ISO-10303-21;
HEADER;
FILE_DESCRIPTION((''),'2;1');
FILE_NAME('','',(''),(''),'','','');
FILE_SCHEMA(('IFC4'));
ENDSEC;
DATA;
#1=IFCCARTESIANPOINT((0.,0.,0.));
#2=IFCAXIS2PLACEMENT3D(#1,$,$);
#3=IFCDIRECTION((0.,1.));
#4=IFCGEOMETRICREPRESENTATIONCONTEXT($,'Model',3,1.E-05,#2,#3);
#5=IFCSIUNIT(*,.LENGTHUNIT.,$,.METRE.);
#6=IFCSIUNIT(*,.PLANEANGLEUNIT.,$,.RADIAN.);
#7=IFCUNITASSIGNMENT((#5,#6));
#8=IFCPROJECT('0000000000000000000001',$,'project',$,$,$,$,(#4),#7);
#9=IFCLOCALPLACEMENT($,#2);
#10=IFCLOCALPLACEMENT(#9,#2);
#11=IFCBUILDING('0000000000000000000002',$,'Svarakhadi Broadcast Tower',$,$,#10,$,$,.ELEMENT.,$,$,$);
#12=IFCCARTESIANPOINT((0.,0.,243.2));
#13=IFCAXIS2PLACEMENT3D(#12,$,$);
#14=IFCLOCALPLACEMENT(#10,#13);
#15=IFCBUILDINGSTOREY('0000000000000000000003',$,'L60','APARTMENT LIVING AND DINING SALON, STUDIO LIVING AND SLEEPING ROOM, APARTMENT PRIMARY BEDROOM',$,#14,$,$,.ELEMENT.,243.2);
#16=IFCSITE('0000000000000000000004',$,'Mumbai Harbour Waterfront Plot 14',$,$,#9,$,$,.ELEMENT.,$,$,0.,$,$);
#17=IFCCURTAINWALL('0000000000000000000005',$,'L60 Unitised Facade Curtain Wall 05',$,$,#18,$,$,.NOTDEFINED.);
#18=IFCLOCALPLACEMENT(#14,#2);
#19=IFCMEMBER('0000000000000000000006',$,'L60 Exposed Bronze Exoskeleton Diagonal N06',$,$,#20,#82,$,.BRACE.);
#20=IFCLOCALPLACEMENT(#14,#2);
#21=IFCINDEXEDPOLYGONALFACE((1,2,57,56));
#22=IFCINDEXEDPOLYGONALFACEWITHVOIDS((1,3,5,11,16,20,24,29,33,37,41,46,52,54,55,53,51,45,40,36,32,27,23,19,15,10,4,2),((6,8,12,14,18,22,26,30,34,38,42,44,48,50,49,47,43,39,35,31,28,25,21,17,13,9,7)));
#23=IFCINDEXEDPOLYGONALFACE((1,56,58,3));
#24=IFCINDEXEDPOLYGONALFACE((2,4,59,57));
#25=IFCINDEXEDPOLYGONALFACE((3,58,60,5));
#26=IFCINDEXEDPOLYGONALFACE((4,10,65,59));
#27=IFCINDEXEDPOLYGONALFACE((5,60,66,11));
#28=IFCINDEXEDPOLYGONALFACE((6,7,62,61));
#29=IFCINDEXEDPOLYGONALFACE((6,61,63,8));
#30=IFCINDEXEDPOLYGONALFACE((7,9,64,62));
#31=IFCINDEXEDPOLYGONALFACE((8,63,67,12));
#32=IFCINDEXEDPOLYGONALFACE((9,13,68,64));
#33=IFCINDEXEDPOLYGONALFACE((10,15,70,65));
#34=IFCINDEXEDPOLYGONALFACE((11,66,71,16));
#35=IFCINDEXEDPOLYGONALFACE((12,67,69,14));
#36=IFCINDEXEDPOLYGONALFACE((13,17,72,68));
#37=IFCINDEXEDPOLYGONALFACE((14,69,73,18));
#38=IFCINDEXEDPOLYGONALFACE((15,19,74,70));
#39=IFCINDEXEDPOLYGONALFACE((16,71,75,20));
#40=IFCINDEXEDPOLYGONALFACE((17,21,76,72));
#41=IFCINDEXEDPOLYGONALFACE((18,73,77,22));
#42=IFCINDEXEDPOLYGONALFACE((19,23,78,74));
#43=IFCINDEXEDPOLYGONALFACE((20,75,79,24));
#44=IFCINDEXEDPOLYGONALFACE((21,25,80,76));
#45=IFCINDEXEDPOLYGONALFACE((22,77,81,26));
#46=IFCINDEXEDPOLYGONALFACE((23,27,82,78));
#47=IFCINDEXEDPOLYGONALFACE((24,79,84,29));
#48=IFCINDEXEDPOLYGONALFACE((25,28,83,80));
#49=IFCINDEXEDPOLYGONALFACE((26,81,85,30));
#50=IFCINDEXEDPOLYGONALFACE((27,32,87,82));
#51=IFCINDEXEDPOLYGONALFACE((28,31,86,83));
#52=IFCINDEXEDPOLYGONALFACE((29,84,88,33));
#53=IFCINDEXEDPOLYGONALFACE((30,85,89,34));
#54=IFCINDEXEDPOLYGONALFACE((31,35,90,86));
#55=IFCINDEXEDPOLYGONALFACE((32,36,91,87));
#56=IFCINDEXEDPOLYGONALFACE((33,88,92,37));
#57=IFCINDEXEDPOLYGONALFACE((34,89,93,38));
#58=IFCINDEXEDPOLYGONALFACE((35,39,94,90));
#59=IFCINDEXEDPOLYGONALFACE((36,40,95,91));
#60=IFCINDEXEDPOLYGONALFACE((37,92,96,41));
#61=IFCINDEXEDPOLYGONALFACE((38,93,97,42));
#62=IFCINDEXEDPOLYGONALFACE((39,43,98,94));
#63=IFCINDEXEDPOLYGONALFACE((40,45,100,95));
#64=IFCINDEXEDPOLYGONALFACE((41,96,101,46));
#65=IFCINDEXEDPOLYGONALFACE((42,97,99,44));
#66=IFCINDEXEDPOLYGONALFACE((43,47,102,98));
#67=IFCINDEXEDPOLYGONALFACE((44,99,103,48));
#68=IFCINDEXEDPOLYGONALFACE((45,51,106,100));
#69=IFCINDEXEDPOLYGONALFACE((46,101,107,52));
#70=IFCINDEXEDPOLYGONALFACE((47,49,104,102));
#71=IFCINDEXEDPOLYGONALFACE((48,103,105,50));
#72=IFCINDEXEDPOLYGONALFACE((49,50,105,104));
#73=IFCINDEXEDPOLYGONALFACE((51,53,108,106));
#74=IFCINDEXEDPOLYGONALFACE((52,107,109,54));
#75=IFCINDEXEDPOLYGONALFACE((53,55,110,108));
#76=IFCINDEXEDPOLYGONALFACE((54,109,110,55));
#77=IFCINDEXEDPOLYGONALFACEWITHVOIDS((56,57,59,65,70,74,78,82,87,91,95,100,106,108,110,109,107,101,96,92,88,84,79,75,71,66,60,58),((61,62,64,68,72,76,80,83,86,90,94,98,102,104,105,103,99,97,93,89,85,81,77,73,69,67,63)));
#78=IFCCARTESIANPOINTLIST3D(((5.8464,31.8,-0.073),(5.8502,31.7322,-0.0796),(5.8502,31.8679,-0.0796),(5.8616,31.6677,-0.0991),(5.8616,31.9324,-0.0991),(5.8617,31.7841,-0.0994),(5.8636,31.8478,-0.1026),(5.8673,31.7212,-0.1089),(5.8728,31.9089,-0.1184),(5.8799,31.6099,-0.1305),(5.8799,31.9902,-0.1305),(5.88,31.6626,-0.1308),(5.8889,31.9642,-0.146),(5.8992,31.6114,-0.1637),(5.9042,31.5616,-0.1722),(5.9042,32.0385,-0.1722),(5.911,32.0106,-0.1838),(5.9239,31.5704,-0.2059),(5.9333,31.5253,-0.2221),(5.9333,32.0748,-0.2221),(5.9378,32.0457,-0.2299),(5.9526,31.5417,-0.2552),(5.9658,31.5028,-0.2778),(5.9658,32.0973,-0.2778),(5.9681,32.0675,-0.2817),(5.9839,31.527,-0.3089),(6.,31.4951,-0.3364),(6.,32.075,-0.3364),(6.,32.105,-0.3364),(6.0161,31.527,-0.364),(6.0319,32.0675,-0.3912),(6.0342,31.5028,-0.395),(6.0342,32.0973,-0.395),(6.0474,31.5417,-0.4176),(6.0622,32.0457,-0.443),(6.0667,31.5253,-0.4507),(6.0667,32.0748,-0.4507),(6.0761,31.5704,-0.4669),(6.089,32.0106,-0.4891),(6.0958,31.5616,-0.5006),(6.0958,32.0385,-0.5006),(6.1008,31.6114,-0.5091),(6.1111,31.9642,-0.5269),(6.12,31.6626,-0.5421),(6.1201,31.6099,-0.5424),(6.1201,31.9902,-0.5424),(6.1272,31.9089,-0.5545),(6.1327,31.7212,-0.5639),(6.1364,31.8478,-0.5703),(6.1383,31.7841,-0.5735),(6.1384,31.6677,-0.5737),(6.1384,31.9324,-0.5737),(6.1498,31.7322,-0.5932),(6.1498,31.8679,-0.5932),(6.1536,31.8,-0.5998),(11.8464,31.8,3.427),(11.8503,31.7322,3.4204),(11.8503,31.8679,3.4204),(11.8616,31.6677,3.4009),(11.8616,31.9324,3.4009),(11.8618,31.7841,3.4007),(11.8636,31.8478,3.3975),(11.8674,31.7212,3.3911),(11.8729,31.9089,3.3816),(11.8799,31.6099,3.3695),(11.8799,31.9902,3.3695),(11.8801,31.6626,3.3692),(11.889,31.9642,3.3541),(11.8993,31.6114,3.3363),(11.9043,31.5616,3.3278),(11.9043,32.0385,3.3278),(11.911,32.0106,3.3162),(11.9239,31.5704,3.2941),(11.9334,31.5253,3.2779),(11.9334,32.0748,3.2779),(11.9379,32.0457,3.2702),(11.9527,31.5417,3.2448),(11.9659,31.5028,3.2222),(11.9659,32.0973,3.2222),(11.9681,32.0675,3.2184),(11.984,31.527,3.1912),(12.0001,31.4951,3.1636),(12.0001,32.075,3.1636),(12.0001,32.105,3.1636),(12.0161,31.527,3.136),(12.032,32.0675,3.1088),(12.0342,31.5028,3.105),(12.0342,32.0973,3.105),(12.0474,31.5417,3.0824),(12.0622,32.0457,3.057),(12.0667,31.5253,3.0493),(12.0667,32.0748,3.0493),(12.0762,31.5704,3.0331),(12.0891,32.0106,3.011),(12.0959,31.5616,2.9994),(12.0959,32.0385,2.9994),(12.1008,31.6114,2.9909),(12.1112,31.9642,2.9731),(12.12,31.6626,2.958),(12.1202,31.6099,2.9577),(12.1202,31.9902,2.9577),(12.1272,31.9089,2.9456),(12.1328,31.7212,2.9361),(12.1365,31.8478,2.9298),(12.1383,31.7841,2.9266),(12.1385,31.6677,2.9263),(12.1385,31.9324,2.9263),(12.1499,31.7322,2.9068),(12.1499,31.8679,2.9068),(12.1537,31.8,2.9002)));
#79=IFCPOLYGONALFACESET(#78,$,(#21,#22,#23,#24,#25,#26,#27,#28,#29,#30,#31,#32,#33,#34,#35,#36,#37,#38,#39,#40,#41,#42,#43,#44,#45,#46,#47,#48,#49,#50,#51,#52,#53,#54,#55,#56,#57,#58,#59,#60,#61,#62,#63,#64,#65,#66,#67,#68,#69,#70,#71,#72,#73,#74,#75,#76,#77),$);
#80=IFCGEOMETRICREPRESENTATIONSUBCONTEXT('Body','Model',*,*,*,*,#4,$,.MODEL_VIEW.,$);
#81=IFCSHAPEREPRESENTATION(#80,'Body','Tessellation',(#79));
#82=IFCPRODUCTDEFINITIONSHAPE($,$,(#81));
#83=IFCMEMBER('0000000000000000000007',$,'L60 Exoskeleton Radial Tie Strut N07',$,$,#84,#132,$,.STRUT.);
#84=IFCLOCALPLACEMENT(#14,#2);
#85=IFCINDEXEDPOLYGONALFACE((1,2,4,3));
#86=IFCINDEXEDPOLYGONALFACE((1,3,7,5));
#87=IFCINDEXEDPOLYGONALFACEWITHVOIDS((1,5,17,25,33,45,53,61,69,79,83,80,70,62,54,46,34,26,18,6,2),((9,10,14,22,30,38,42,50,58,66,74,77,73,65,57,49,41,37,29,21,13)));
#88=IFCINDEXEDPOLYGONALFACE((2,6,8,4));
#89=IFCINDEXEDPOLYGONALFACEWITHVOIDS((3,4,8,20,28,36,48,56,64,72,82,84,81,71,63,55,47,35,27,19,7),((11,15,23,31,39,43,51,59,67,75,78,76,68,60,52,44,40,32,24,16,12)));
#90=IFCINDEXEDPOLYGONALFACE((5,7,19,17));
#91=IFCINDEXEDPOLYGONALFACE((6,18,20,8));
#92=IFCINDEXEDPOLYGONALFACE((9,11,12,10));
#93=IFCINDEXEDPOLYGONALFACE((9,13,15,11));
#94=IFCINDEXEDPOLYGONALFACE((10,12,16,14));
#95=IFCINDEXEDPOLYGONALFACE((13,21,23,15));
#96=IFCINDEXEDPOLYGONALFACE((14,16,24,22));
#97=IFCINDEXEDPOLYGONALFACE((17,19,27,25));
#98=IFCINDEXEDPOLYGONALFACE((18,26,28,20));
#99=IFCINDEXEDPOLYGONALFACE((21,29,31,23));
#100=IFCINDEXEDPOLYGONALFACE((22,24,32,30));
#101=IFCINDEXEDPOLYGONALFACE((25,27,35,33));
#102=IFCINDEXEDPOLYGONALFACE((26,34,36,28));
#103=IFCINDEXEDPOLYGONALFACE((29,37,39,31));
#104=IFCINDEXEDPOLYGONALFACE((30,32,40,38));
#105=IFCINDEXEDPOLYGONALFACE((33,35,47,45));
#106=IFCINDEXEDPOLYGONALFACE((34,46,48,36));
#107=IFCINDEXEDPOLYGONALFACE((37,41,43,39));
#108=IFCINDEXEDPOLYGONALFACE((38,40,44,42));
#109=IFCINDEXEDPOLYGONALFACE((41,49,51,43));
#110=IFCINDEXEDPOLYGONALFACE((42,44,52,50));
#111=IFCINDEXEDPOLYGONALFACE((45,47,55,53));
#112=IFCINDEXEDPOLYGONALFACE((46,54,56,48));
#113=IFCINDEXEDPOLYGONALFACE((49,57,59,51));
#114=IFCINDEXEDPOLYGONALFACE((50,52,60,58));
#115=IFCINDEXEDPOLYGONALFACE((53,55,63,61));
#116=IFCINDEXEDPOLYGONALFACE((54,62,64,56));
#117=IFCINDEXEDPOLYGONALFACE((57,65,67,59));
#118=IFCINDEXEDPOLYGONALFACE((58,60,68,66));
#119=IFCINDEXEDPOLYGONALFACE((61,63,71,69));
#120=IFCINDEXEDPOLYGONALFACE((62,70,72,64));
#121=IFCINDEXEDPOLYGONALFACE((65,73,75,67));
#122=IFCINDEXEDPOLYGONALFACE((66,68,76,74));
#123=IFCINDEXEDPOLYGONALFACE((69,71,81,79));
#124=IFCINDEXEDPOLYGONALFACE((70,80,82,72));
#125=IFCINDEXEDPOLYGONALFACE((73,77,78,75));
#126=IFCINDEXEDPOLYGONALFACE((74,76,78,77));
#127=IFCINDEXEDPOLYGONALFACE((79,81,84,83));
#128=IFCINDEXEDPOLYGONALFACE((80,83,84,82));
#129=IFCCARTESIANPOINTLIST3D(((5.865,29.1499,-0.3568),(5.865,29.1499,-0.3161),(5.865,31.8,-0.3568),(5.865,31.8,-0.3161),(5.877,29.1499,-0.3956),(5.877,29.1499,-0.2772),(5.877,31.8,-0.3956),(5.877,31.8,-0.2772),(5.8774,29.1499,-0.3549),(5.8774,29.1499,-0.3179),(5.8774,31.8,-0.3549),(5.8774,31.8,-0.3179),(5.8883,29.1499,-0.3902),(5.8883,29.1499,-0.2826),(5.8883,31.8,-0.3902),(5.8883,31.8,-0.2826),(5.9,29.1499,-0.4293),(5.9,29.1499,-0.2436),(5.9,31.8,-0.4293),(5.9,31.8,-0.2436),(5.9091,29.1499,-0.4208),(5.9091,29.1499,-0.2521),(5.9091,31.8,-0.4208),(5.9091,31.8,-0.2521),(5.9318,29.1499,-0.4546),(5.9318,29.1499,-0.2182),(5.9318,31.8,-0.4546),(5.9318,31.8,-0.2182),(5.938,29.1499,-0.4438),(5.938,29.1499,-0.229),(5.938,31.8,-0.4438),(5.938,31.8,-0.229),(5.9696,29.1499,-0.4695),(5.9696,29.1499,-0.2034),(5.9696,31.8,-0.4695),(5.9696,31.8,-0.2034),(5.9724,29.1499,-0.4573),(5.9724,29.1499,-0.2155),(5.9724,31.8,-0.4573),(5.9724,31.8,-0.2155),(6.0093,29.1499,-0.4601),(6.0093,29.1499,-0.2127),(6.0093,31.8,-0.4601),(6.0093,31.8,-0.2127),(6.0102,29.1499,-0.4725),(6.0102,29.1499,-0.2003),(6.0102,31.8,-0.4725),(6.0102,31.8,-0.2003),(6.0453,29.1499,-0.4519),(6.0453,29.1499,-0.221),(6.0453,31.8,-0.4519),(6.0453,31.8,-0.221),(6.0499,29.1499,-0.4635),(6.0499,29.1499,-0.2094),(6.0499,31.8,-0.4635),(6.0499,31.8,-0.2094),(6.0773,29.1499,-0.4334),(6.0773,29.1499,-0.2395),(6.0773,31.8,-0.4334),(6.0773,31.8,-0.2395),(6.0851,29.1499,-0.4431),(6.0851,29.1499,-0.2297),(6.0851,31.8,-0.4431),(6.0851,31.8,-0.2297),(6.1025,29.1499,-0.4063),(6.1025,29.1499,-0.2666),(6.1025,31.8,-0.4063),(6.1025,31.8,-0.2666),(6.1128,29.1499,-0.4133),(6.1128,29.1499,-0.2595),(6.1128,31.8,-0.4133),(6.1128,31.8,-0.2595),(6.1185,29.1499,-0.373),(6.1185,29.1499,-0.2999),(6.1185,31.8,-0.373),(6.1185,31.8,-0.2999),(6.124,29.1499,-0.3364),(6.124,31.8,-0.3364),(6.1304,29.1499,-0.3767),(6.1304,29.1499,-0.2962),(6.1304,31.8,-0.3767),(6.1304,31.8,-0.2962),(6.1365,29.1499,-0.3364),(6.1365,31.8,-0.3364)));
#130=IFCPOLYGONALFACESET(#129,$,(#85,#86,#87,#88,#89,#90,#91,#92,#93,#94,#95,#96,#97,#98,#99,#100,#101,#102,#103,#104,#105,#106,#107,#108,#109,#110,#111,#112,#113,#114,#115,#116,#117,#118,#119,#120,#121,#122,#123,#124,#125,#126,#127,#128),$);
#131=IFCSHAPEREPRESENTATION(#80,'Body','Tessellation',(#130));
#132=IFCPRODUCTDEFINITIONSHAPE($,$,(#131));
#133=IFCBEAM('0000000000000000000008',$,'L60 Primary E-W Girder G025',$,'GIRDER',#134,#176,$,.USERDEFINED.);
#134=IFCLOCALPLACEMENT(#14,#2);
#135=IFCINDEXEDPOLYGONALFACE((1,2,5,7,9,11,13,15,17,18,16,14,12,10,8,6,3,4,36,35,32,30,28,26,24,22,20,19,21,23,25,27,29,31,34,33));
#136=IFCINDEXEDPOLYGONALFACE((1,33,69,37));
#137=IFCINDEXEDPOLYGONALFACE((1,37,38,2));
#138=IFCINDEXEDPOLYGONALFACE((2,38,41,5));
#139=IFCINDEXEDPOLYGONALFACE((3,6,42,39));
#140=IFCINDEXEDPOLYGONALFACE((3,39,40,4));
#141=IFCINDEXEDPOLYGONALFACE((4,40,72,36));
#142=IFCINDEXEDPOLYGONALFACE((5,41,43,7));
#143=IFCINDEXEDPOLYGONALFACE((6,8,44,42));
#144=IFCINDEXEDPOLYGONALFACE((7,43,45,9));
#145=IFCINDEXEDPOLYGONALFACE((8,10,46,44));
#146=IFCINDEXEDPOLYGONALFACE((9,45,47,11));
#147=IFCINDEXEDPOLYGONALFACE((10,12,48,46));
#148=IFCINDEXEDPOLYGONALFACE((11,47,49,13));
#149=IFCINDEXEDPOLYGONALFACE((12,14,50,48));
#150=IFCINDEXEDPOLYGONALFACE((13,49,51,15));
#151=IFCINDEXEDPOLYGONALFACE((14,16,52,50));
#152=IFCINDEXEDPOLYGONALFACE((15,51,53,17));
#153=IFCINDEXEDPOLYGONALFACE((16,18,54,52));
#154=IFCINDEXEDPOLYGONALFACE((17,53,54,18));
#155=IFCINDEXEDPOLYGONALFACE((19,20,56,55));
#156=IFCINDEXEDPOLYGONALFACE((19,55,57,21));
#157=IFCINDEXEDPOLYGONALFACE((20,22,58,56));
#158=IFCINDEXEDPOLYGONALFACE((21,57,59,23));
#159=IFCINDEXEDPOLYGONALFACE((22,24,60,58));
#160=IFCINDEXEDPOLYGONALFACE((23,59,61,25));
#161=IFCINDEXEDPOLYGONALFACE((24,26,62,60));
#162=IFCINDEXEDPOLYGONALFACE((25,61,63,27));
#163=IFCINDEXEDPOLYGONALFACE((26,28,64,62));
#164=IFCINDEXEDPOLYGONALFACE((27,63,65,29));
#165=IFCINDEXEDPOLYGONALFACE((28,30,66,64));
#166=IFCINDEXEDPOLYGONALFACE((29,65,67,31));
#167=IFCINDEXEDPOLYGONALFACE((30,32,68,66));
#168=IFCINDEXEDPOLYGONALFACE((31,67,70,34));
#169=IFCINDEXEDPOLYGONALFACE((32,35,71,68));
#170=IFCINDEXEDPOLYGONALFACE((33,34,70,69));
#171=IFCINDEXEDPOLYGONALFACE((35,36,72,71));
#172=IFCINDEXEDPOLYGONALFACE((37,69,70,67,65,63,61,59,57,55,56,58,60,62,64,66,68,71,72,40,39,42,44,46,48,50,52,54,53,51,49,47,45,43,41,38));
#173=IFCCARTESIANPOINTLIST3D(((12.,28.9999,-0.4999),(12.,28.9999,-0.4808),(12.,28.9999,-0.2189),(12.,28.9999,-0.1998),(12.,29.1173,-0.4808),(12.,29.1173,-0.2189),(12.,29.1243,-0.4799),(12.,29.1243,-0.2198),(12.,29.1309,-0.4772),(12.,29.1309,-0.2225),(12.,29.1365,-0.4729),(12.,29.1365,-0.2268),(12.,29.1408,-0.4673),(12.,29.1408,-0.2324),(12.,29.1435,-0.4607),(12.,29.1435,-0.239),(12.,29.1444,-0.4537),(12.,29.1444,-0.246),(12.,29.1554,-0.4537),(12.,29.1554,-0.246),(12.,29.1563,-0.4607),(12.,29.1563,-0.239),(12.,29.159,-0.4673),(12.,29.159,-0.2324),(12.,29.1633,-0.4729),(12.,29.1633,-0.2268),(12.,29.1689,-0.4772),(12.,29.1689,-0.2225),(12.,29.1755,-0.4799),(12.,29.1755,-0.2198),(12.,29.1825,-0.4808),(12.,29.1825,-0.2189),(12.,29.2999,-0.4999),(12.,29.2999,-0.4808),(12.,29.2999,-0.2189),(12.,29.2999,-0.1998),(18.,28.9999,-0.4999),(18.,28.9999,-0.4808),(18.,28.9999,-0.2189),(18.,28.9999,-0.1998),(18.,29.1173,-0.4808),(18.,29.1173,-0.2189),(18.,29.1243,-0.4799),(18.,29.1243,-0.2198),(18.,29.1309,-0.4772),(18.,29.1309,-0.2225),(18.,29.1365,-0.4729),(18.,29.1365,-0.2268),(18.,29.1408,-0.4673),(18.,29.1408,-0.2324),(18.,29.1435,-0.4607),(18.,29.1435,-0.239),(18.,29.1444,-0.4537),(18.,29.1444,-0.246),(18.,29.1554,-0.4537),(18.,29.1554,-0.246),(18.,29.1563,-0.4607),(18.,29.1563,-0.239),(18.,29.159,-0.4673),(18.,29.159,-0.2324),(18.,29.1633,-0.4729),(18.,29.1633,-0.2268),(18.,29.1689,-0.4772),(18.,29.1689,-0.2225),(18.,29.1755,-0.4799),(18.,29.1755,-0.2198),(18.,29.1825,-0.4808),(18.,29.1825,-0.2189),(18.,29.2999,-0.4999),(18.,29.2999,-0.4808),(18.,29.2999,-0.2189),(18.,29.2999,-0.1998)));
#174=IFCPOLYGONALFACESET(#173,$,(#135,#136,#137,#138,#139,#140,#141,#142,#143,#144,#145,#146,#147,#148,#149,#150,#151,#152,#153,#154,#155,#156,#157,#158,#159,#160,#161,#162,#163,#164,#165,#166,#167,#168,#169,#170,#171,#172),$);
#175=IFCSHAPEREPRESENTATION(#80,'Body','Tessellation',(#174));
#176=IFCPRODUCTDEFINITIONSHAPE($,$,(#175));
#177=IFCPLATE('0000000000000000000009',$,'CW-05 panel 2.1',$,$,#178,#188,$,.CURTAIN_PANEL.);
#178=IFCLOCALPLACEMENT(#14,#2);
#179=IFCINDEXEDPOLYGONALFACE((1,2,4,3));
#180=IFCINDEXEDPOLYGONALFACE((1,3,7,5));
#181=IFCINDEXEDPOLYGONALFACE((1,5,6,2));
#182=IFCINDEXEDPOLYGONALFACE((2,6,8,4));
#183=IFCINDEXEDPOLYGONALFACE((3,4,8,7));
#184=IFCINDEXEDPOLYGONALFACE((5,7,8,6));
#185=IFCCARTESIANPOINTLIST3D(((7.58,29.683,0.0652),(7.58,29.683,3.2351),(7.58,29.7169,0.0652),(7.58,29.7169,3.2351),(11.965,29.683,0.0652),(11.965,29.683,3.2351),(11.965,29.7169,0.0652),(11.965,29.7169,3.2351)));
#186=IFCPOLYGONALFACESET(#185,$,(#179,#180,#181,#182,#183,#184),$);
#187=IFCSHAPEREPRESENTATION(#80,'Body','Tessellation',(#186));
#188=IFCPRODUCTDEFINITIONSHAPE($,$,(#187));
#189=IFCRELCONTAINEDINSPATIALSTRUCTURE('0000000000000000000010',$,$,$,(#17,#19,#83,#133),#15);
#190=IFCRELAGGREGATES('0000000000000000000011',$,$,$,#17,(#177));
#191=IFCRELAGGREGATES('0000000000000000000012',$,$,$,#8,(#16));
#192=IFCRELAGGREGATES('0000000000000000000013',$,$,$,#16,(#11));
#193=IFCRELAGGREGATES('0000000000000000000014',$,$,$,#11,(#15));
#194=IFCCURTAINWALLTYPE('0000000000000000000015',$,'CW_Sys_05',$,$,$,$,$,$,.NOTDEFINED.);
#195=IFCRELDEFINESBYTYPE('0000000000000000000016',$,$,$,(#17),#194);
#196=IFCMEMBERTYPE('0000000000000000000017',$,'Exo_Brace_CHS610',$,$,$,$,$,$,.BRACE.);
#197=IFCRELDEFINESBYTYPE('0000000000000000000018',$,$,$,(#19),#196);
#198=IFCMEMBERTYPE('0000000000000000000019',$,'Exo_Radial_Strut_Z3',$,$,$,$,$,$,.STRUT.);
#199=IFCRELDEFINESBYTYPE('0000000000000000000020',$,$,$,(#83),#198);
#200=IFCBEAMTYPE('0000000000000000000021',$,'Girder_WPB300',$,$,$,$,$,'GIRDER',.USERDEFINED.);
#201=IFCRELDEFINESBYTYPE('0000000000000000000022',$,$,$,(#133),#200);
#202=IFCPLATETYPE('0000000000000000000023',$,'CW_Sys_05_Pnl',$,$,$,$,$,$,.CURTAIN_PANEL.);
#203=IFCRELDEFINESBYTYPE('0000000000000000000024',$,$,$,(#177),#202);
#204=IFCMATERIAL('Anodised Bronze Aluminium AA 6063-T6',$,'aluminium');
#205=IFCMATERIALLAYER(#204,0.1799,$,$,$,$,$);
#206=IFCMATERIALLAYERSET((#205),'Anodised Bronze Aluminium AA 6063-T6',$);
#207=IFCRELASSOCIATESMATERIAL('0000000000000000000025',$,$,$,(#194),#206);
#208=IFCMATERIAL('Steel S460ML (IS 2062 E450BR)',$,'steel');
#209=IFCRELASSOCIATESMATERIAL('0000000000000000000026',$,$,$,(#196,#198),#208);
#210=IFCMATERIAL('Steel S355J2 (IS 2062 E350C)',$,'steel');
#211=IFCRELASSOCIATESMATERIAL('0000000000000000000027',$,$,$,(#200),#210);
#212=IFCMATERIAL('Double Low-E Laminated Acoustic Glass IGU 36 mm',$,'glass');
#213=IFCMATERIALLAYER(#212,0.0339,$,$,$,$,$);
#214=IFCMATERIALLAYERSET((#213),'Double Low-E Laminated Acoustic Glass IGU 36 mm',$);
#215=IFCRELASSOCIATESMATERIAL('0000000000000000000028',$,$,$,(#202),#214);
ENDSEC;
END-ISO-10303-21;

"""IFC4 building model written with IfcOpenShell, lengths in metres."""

from ifc_helpers import new_model, si_unit, direction, frame, origin, origin_2d, place, context, subcontext, project, spatial, rectangle, hollow_circle, i_section, extrude, material, layer, layer_set, material_profile, profile_set, type_object, element, aggregate, save


model = new_model("IFC4")

# Units and contexts
model_context = context("Model", 3, precision=1e-05, world=origin(), true_north=direction((0.0, 1.0)))
body_context = subcontext(model_context, "Body", "Model", "MODEL_VIEW")
ifc_project = project(units=[si_unit("LENGTHUNIT", "METRE"), si_unit("PLANEANGLEUNIT", "RADIAN")], contexts=[model_context])

# Site, building, storey
site_placement = place(None, origin())
site = spatial("IfcSite", under=ifc_project, at=site_placement, Name="Mumbai Harbour Waterfront Plot 14", CompositionType="ELEMENT", RefElevation=0.0)
building_placement = place(site_placement, origin())
building = spatial("IfcBuilding", under=site, at=building_placement, Name="Svarakhadi Broadcast Tower", CompositionType="ELEMENT")
storey_placement = place(building_placement, frame((0.0, 0.0, 243.2)))
storey = spatial("IfcBuildingStorey", under=building, at=storey_placement, Name="L60", Description="APARTMENT LIVING AND DINING SALON, STUDIO LIVING AND SLEEPING ROOM, APARTMENT PRIMARY BEDROOM", CompositionType="ELEMENT", Elevation=243.2)

# Shared definitions
ifc_material_1 = material(Name="Steel S460ML (IS 2062 E450BR)", Category="steel")

# Curtain wall
ifc_material_2 = material(Name="Anodised Bronze Aluminium AA 6063-T6", Category="aluminium")
ifc_layer_1 = layer(ifc_material_2, 0.1799)
ifc_layer_set_1 = layer_set([ifc_layer_1], Name="Anodised Bronze Aluminium AA 6063-T6")
curtain_wall_type = type_object("IfcCurtainWallType", Name="CW_Sys_05", PredefinedType="NOTDEFINED", material=ifc_layer_set_1)
curtain_wall_placement = place(storey_placement, origin())
curtain_wall = element("IfcCurtainWall", 1, at=curtain_wall_placement, inside=storey, type_object=curtain_wall_type, Name="L60 Unitised Facade Curtain Wall 05", PredefinedType="NOTDEFINED")

# Members
ifc_material_profile_1 = material_profile(ifc_material_1, hollow_circle(Radius=0.3049, WallThickness=0.03, at=origin_2d()), Name="CHS 610x30")
ifc_profile_set_1 = profile_set([ifc_material_profile_1], Name="Steel S460ML (IS 2062 E450BR)")
member_type_1 = type_object("IfcMemberType", Name="Exo_Brace_CHS610", PredefinedType="BRACE", material=ifc_profile_set_1)
member_1_placement = place(storey_placement, frame((6.0, 31.8, -0.3364), z_axis=(0.863779, 0.0, 0.503871), x_axis=(0.0, 1.0, 0.0)))
element("IfcMember", 2, at=member_1_placement, inside=storey, type_object=member_type_1, Name="L60 Exposed Bronze Exoskeleton Diagonal N06", PredefinedType="BRACE", context=body_context, shape_type="SweptSolid", body=[
    extrude(hollow_circle(Radius=0.3049, WallThickness=0.03, at=origin_2d()), origin(), (0.0, 0.0, 1.0), 6.9463),
])
ifc_material_profile_2 = material_profile(ifc_material_1, hollow_circle(Radius=0.1365, WallThickness=0.0125, at=origin_2d()), Name="CHS 273x12.5")
ifc_profile_set_2 = profile_set([ifc_material_profile_2], Name="Steel S460ML (IS 2062 E450BR)")
member_type_2 = type_object("IfcMemberType", Name="Exo_Radial_Strut_Z3", PredefinedType="STRUT", material=ifc_profile_set_2)
member_2_placement = place(storey_placement, frame((6.0, 31.8, -0.3364), z_axis=(0.0, -1.0, 0.0), x_axis=(1.0, 0.0, 0.0)))
element("IfcMember", 3, at=member_2_placement, inside=storey, type_object=member_type_2, Name="L60 Exoskeleton Radial Tie Strut N07", PredefinedType="STRUT", context=body_context, shape_type="SweptSolid", body=[
    extrude(hollow_circle(Radius=0.1365, WallThickness=0.0125, at=origin_2d()), origin(), (0.0, 0.0, 1.0), 2.6501),
])

# Beam
ifc_material_3 = material(Name="Steel S355J2 (IS 2062 E350C)", Category="steel")
ifc_material_profile_3 = material_profile(ifc_material_3, i_section(OverallWidth=0.3, OverallDepth=0.3, WebThickness=0.011, FlangeThickness=0.019, FilletRadius=0.0271, at=origin_2d()), Name="WPB 300x300x117")
ifc_profile_set_3 = profile_set([ifc_material_profile_3], Name="Steel S355J2 (IS 2062 E350C)")
beam_type = type_object("IfcBeamType", Name="Girder_WPB300", ElementType="GIRDER", PredefinedType="USERDEFINED", material=ifc_profile_set_3)
beam_placement = place(storey_placement, frame((12.0, 29.1499, -0.3499), z_axis=(1.0, 0.0, 0.0), x_axis=(0.0, 1.0, 0.0)))
element("IfcBeam", 4, at=beam_placement, inside=storey, type_object=beam_type, Name="L60 Primary E-W Girder G025", ObjectType="GIRDER", PredefinedType="USERDEFINED", context=body_context, shape_type="SweptSolid", body=[
    extrude(i_section(OverallWidth=0.3, OverallDepth=0.3, WebThickness=0.011, FlangeThickness=0.019, FilletRadius=0.0271, at=origin_2d()), origin(), (0.0, 0.0, 1.0), 6.0),
])

# Plate
ifc_material_4 = material(Name="Double Low-E Laminated Acoustic Glass IGU 36 mm", Category="glass")
ifc_layer_2 = layer(ifc_material_4, 0.0339)
ifc_layer_set_2 = layer_set([ifc_layer_2], Name="Double Low-E Laminated Acoustic Glass IGU 36 mm")
plate_type_1 = type_object("IfcPlateType", Name="CW_Sys_05_Pnl", PredefinedType="CURTAIN_PANEL", material=ifc_layer_set_2)
plate_1_placement = place(storey_placement, frame((9.7725, 29.7, 0.0652), z_axis=(0.0, 0.0, 1.0), x_axis=(1.0, 0.0, 0.0)))
plate_1 = element("IfcPlate", 5, at=plate_1_placement, type_object=plate_type_1, Name="CW-05 panel 2.1", PredefinedType="CURTAIN_PANEL", context=body_context, shape_type="SweptSolid", body=[
    extrude(rectangle(XDim=4.385, YDim=0.0339, at=origin_2d()), origin(), (0.0, 0.0, 1.0), 3.1699),
])
aggregate(curtain_wall, [plate_1])

save(model, "model.ifc")
